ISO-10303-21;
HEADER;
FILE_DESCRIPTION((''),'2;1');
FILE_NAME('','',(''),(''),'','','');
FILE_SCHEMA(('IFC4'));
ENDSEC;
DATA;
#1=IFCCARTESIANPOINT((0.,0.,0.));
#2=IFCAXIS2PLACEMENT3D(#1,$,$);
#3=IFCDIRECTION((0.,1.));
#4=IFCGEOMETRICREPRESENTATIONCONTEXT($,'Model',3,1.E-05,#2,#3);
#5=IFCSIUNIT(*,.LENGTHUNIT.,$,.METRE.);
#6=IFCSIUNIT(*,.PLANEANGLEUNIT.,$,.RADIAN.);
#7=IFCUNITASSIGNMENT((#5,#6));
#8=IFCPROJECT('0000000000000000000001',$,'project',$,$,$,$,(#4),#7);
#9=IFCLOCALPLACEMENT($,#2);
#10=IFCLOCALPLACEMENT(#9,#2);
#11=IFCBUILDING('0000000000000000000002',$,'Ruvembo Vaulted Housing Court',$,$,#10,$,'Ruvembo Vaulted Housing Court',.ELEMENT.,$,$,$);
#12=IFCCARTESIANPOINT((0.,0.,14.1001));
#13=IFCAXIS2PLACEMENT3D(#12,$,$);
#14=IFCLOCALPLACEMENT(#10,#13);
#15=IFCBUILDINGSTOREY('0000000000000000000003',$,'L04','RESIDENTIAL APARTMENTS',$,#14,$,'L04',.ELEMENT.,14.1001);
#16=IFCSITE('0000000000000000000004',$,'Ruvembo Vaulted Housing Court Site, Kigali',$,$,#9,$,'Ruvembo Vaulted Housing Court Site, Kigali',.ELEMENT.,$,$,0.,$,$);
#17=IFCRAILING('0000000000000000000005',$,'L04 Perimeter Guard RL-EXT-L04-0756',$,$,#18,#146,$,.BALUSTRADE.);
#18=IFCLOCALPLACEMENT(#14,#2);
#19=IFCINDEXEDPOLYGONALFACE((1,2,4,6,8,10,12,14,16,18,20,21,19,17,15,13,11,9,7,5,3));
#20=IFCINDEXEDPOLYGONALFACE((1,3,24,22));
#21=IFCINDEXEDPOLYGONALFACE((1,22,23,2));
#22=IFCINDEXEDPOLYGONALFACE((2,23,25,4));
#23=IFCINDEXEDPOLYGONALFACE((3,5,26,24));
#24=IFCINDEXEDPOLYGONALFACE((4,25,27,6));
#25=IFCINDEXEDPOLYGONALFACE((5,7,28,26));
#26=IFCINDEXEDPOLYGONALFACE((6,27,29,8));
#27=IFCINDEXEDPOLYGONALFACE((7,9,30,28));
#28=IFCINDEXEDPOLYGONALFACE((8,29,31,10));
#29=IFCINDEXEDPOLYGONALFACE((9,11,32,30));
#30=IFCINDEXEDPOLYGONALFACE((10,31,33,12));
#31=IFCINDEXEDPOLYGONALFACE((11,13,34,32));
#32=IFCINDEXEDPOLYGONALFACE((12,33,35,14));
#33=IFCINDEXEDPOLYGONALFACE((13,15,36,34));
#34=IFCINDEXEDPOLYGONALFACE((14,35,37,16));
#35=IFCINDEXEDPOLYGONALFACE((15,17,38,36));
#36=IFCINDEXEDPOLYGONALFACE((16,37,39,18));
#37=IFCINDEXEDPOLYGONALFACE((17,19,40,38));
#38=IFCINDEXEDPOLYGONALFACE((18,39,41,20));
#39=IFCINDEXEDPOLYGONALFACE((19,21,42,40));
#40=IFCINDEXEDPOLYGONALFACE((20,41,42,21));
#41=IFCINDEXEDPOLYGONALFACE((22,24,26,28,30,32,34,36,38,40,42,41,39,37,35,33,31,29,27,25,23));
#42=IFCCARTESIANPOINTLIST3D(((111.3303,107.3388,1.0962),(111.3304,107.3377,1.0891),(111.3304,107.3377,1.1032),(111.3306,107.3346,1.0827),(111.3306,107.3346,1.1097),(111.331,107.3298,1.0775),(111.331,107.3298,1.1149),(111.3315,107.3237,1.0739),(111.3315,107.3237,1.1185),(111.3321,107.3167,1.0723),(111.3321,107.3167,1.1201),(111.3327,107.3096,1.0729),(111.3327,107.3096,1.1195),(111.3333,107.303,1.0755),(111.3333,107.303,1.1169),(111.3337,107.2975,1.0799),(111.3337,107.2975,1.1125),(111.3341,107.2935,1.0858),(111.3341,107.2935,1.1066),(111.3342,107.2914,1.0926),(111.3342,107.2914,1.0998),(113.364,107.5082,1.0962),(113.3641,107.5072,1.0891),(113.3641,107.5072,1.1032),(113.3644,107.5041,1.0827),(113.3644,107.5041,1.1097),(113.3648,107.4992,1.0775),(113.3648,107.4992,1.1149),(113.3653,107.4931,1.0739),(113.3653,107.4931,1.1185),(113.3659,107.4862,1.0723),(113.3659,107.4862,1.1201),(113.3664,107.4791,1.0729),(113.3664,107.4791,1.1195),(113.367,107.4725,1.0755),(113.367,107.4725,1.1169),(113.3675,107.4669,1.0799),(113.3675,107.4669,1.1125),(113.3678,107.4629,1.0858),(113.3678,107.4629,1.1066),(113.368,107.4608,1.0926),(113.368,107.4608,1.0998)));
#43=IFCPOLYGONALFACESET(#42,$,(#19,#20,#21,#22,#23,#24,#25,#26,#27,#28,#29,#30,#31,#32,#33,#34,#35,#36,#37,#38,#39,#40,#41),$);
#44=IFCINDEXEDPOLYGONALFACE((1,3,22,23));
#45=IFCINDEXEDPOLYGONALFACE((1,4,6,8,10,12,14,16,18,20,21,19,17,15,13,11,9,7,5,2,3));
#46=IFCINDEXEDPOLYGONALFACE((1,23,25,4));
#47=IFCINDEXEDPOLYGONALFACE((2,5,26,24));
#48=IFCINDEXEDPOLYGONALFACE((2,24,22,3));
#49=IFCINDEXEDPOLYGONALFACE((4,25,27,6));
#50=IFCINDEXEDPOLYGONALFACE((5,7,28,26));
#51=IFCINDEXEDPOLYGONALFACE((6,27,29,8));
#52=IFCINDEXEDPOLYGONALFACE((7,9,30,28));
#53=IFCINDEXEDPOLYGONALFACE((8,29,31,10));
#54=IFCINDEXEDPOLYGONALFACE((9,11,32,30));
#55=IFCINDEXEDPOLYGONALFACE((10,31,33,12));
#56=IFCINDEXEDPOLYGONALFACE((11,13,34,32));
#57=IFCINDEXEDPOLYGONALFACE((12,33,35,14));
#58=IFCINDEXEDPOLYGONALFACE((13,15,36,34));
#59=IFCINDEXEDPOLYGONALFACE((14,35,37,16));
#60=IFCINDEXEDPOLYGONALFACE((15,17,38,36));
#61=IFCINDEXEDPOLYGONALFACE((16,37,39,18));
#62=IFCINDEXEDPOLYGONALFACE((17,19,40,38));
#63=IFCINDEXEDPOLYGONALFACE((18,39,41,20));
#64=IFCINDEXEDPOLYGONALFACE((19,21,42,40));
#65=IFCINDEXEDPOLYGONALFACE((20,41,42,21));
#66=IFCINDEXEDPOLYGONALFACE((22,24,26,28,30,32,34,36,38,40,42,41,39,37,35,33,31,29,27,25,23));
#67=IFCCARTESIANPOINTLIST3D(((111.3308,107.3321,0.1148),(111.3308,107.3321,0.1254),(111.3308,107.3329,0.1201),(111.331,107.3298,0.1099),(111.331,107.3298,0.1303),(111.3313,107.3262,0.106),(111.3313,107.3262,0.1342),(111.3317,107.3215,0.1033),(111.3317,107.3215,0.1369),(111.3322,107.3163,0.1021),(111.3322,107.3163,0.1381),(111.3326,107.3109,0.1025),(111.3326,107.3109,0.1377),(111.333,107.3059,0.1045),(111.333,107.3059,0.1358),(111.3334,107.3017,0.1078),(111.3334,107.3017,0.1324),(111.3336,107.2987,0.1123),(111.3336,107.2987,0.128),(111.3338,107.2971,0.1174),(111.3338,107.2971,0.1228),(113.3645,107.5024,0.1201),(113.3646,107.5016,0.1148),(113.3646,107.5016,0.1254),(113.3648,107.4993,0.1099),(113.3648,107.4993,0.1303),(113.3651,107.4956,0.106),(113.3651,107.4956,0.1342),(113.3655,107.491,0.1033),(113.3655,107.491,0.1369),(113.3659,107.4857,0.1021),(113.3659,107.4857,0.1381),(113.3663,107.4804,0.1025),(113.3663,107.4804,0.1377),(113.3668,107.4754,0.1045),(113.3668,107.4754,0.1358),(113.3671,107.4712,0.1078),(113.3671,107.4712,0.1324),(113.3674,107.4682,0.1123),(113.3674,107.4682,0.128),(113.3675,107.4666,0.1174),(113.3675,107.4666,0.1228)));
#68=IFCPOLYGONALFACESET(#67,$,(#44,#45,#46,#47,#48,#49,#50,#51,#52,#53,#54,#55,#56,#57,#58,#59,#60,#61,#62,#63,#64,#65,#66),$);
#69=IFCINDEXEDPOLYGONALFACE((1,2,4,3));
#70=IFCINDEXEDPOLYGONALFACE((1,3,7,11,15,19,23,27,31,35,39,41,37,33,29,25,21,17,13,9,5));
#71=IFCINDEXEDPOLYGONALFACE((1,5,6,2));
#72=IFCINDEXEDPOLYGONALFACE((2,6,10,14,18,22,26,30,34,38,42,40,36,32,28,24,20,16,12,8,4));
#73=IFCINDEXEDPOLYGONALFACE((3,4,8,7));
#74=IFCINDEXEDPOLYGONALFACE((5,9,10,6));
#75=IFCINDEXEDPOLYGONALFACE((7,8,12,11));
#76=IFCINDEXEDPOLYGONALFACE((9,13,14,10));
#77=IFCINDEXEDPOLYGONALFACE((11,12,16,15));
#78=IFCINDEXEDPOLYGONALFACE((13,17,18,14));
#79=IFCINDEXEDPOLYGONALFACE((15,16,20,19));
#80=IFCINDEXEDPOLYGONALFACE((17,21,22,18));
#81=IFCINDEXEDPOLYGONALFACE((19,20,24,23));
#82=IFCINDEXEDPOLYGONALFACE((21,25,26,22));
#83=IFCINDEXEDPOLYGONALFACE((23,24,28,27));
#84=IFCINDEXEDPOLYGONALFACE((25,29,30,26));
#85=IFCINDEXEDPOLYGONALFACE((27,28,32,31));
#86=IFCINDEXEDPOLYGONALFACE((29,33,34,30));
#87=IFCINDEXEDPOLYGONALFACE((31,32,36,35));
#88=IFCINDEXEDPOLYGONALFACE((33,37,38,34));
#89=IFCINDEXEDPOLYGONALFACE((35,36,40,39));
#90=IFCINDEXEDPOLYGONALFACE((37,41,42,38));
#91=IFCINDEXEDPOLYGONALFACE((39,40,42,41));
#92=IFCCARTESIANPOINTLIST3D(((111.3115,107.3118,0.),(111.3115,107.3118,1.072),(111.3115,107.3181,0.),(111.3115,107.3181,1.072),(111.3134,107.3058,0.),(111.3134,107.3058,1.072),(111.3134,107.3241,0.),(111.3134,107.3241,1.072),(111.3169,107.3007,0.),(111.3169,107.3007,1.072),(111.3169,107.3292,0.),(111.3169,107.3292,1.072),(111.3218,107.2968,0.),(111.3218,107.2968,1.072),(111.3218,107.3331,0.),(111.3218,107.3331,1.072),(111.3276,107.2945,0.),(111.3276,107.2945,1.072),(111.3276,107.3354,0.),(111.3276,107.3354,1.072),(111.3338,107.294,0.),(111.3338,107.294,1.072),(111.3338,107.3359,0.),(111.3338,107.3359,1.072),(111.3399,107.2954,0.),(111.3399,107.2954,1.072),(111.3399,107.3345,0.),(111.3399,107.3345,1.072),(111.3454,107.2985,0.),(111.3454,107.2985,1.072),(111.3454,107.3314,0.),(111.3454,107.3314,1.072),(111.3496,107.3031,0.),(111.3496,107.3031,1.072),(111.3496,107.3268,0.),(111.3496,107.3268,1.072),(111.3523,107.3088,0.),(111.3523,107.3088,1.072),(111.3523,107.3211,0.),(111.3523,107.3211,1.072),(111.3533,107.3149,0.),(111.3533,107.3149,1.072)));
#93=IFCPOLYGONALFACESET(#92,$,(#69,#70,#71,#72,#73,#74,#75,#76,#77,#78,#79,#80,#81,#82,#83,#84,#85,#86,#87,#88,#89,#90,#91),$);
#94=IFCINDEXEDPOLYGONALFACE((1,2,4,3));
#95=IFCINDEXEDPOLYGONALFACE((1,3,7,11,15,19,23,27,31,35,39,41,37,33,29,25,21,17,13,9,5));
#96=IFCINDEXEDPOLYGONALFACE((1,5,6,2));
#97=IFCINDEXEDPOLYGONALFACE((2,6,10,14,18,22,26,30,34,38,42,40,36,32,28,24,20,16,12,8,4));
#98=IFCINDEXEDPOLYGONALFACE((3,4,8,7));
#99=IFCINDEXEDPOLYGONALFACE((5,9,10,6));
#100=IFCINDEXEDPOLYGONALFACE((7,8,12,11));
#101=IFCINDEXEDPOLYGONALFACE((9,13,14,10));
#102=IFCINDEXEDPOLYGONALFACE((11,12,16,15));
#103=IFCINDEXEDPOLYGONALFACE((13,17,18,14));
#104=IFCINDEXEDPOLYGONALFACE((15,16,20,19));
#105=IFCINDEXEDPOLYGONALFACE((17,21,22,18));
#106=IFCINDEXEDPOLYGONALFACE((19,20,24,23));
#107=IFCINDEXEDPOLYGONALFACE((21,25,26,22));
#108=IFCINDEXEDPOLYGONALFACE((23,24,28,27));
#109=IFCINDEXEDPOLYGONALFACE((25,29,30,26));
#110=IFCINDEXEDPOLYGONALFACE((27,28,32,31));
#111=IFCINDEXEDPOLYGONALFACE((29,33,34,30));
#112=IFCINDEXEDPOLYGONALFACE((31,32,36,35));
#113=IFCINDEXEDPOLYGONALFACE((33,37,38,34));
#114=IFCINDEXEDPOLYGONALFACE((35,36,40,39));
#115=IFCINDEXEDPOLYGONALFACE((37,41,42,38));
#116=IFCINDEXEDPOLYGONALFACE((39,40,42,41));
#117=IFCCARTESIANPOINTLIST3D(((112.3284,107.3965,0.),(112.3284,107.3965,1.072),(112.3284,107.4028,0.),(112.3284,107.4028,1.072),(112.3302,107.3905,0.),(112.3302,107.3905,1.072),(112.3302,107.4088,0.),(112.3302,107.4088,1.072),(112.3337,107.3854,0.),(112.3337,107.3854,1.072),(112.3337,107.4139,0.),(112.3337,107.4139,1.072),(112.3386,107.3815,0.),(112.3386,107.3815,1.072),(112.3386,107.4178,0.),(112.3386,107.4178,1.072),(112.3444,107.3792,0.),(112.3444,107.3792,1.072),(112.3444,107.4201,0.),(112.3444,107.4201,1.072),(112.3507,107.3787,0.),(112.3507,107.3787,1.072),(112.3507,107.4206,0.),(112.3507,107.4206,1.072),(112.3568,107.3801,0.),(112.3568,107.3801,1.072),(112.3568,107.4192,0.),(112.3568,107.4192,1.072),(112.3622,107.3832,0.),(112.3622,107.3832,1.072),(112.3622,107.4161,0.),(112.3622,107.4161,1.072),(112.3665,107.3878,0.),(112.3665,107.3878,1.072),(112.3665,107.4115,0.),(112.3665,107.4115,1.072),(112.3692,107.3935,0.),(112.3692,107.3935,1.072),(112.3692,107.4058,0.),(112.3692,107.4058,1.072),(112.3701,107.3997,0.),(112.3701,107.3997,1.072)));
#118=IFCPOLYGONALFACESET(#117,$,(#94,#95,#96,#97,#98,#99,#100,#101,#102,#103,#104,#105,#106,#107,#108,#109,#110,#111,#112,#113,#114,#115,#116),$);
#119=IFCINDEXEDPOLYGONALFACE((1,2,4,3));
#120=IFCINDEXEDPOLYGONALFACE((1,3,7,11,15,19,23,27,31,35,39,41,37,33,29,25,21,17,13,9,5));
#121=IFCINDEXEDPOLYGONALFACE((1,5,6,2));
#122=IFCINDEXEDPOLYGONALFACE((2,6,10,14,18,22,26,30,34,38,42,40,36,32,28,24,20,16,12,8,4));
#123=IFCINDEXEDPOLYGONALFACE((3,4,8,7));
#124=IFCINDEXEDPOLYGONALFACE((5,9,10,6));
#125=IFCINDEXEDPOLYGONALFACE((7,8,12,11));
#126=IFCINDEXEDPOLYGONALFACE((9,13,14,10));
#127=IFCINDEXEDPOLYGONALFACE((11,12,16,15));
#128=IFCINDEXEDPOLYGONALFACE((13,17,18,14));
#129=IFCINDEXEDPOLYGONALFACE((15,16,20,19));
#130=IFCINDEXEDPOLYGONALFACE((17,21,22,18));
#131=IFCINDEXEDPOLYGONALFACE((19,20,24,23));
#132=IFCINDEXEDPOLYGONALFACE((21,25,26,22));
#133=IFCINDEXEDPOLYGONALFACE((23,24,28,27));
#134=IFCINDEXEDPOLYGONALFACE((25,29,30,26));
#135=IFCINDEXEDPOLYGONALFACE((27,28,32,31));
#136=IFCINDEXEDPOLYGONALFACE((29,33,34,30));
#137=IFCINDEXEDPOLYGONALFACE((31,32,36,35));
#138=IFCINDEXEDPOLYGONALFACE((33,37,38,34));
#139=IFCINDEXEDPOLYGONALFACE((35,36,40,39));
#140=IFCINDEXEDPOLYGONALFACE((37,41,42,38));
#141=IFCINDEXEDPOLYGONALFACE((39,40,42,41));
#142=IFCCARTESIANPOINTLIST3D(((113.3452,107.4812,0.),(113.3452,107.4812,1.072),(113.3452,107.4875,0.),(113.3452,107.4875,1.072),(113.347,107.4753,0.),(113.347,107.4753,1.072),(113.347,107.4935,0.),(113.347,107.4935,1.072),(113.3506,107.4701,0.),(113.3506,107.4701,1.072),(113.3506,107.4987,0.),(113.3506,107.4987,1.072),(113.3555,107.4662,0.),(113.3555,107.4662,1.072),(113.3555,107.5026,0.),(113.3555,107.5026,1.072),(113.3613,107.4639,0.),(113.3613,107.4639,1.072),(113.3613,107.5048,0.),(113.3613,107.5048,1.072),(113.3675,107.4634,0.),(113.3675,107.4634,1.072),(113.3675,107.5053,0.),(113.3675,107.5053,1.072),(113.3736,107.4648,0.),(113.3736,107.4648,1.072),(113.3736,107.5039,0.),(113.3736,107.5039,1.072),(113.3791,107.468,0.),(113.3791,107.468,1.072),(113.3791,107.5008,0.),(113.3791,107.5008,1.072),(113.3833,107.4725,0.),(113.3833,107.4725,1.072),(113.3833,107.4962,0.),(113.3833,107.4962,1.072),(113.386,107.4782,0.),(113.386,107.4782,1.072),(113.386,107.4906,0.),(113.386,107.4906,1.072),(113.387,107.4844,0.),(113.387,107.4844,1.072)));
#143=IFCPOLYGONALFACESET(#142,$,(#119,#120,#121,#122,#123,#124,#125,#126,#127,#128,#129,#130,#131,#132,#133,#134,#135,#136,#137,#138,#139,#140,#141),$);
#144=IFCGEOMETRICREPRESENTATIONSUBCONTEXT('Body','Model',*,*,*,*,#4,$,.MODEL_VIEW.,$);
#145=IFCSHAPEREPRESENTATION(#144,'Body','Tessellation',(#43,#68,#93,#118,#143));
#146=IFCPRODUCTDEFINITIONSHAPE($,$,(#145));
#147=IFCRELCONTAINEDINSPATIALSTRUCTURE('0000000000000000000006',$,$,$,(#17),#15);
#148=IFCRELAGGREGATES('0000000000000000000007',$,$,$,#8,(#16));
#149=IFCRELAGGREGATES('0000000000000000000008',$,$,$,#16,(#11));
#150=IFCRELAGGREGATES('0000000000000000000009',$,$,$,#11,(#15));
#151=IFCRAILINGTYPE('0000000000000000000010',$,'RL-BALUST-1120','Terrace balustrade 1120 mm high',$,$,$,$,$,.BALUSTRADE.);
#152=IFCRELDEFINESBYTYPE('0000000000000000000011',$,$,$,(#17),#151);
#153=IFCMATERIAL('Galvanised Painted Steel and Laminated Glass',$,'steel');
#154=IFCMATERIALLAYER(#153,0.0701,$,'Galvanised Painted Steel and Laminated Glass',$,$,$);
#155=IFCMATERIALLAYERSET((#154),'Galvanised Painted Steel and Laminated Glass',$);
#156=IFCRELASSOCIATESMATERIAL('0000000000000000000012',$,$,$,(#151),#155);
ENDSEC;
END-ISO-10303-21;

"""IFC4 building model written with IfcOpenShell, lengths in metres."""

from ifc_helpers import new_model, si_unit, direction, frame, origin, origin_2d, place, context, subcontext, project, spatial, circle, extrude, material, layer, layer_set, type_object, element, save


model = new_model("IFC4")

# Units and contexts
model_context = context("Model", 3, precision=1e-05, world=origin(), true_north=direction((0.0, 1.0)))
body_context = subcontext(model_context, "Body", "Model", "MODEL_VIEW")
ifc_project = project(units=[si_unit("LENGTHUNIT", "METRE"), si_unit("PLANEANGLEUNIT", "RADIAN")], contexts=[model_context])

# Site, building, storey
site_placement = place(None, origin())
site = spatial("IfcSite", under=ifc_project, at=site_placement, Name="Ruvembo Vaulted Housing Court Site, Kigali", LongName="Ruvembo Vaulted Housing Court Site, Kigali", CompositionType="ELEMENT", RefElevation=0.0)
building_placement = place(site_placement, origin())
building = spatial("IfcBuilding", under=site, at=building_placement, Name="Ruvembo Vaulted Housing Court", LongName="Ruvembo Vaulted Housing Court", CompositionType="ELEMENT")
storey_placement = place(building_placement, frame((0.0, 0.0, 14.1001)))
storey = spatial("IfcBuildingStorey", under=building, at=storey_placement, Name="L04", Description="RESIDENTIAL APARTMENTS", LongName="L04", CompositionType="ELEMENT", Elevation=14.1001)

# Railing
ifc_material_1 = material(Name="Galvanised Painted Steel and Laminated Glass", Category="steel")
ifc_layer_1 = layer(ifc_material_1, 0.0701, Name="Galvanised Painted Steel and Laminated Glass")
ifc_layer_set_1 = layer_set([ifc_layer_1], Name="Galvanised Painted Steel and Laminated Glass")
railing_type = type_object("IfcRailingType", Name="RL-BALUST-1120", Description="Terrace balustrade 1120 mm high", PredefinedType="BALUSTRADE", material=ifc_layer_set_1)
railing_1_placement = place(storey_placement, frame((111.3323, 107.3149, 0.0)))
element("IfcRailing", 1, at=railing_1_placement, inside=storey, type_object=railing_type, Name="L04 Perimeter Guard RL-EXT-L04-0756", PredefinedType="BALUSTRADE", context=body_context, shape_type="SweptSolid", body=[
    extrude(circle(Radius=0.0239, at=origin_2d()), frame((0.0, 0.0, 1.0962), z_axis=(0.996547, 0.083026, 0.0), x_axis=(-0.083026, 0.996547, 0.0)), (0.0, 0.0, 1.0), 2.0408),
    extrude(circle(Radius=0.0181, at=origin_2d()), frame((0.0, 0.0, 0.1201), z_axis=(0.996547, 0.083026, 0.0), x_axis=(-0.083026, 0.996547, 0.0)), (0.0, 0.0, 1.0), 2.0408),
    extrude(circle(Radius=0.021, at=origin_2d()), origin(), (0.0, 0.0, 1.0), 1.072),
    extrude(circle(Radius=0.021, at=origin_2d()), frame((1.0168, 0.0847, 0.0)), (0.0, 0.0, 1.0), 1.072),
    extrude(circle(Radius=0.021, at=origin_2d()), frame((2.0337, 0.1694, 0.0)), (0.0, 0.0, 1.0), 1.072),
])

save(model, "model.ifc")
